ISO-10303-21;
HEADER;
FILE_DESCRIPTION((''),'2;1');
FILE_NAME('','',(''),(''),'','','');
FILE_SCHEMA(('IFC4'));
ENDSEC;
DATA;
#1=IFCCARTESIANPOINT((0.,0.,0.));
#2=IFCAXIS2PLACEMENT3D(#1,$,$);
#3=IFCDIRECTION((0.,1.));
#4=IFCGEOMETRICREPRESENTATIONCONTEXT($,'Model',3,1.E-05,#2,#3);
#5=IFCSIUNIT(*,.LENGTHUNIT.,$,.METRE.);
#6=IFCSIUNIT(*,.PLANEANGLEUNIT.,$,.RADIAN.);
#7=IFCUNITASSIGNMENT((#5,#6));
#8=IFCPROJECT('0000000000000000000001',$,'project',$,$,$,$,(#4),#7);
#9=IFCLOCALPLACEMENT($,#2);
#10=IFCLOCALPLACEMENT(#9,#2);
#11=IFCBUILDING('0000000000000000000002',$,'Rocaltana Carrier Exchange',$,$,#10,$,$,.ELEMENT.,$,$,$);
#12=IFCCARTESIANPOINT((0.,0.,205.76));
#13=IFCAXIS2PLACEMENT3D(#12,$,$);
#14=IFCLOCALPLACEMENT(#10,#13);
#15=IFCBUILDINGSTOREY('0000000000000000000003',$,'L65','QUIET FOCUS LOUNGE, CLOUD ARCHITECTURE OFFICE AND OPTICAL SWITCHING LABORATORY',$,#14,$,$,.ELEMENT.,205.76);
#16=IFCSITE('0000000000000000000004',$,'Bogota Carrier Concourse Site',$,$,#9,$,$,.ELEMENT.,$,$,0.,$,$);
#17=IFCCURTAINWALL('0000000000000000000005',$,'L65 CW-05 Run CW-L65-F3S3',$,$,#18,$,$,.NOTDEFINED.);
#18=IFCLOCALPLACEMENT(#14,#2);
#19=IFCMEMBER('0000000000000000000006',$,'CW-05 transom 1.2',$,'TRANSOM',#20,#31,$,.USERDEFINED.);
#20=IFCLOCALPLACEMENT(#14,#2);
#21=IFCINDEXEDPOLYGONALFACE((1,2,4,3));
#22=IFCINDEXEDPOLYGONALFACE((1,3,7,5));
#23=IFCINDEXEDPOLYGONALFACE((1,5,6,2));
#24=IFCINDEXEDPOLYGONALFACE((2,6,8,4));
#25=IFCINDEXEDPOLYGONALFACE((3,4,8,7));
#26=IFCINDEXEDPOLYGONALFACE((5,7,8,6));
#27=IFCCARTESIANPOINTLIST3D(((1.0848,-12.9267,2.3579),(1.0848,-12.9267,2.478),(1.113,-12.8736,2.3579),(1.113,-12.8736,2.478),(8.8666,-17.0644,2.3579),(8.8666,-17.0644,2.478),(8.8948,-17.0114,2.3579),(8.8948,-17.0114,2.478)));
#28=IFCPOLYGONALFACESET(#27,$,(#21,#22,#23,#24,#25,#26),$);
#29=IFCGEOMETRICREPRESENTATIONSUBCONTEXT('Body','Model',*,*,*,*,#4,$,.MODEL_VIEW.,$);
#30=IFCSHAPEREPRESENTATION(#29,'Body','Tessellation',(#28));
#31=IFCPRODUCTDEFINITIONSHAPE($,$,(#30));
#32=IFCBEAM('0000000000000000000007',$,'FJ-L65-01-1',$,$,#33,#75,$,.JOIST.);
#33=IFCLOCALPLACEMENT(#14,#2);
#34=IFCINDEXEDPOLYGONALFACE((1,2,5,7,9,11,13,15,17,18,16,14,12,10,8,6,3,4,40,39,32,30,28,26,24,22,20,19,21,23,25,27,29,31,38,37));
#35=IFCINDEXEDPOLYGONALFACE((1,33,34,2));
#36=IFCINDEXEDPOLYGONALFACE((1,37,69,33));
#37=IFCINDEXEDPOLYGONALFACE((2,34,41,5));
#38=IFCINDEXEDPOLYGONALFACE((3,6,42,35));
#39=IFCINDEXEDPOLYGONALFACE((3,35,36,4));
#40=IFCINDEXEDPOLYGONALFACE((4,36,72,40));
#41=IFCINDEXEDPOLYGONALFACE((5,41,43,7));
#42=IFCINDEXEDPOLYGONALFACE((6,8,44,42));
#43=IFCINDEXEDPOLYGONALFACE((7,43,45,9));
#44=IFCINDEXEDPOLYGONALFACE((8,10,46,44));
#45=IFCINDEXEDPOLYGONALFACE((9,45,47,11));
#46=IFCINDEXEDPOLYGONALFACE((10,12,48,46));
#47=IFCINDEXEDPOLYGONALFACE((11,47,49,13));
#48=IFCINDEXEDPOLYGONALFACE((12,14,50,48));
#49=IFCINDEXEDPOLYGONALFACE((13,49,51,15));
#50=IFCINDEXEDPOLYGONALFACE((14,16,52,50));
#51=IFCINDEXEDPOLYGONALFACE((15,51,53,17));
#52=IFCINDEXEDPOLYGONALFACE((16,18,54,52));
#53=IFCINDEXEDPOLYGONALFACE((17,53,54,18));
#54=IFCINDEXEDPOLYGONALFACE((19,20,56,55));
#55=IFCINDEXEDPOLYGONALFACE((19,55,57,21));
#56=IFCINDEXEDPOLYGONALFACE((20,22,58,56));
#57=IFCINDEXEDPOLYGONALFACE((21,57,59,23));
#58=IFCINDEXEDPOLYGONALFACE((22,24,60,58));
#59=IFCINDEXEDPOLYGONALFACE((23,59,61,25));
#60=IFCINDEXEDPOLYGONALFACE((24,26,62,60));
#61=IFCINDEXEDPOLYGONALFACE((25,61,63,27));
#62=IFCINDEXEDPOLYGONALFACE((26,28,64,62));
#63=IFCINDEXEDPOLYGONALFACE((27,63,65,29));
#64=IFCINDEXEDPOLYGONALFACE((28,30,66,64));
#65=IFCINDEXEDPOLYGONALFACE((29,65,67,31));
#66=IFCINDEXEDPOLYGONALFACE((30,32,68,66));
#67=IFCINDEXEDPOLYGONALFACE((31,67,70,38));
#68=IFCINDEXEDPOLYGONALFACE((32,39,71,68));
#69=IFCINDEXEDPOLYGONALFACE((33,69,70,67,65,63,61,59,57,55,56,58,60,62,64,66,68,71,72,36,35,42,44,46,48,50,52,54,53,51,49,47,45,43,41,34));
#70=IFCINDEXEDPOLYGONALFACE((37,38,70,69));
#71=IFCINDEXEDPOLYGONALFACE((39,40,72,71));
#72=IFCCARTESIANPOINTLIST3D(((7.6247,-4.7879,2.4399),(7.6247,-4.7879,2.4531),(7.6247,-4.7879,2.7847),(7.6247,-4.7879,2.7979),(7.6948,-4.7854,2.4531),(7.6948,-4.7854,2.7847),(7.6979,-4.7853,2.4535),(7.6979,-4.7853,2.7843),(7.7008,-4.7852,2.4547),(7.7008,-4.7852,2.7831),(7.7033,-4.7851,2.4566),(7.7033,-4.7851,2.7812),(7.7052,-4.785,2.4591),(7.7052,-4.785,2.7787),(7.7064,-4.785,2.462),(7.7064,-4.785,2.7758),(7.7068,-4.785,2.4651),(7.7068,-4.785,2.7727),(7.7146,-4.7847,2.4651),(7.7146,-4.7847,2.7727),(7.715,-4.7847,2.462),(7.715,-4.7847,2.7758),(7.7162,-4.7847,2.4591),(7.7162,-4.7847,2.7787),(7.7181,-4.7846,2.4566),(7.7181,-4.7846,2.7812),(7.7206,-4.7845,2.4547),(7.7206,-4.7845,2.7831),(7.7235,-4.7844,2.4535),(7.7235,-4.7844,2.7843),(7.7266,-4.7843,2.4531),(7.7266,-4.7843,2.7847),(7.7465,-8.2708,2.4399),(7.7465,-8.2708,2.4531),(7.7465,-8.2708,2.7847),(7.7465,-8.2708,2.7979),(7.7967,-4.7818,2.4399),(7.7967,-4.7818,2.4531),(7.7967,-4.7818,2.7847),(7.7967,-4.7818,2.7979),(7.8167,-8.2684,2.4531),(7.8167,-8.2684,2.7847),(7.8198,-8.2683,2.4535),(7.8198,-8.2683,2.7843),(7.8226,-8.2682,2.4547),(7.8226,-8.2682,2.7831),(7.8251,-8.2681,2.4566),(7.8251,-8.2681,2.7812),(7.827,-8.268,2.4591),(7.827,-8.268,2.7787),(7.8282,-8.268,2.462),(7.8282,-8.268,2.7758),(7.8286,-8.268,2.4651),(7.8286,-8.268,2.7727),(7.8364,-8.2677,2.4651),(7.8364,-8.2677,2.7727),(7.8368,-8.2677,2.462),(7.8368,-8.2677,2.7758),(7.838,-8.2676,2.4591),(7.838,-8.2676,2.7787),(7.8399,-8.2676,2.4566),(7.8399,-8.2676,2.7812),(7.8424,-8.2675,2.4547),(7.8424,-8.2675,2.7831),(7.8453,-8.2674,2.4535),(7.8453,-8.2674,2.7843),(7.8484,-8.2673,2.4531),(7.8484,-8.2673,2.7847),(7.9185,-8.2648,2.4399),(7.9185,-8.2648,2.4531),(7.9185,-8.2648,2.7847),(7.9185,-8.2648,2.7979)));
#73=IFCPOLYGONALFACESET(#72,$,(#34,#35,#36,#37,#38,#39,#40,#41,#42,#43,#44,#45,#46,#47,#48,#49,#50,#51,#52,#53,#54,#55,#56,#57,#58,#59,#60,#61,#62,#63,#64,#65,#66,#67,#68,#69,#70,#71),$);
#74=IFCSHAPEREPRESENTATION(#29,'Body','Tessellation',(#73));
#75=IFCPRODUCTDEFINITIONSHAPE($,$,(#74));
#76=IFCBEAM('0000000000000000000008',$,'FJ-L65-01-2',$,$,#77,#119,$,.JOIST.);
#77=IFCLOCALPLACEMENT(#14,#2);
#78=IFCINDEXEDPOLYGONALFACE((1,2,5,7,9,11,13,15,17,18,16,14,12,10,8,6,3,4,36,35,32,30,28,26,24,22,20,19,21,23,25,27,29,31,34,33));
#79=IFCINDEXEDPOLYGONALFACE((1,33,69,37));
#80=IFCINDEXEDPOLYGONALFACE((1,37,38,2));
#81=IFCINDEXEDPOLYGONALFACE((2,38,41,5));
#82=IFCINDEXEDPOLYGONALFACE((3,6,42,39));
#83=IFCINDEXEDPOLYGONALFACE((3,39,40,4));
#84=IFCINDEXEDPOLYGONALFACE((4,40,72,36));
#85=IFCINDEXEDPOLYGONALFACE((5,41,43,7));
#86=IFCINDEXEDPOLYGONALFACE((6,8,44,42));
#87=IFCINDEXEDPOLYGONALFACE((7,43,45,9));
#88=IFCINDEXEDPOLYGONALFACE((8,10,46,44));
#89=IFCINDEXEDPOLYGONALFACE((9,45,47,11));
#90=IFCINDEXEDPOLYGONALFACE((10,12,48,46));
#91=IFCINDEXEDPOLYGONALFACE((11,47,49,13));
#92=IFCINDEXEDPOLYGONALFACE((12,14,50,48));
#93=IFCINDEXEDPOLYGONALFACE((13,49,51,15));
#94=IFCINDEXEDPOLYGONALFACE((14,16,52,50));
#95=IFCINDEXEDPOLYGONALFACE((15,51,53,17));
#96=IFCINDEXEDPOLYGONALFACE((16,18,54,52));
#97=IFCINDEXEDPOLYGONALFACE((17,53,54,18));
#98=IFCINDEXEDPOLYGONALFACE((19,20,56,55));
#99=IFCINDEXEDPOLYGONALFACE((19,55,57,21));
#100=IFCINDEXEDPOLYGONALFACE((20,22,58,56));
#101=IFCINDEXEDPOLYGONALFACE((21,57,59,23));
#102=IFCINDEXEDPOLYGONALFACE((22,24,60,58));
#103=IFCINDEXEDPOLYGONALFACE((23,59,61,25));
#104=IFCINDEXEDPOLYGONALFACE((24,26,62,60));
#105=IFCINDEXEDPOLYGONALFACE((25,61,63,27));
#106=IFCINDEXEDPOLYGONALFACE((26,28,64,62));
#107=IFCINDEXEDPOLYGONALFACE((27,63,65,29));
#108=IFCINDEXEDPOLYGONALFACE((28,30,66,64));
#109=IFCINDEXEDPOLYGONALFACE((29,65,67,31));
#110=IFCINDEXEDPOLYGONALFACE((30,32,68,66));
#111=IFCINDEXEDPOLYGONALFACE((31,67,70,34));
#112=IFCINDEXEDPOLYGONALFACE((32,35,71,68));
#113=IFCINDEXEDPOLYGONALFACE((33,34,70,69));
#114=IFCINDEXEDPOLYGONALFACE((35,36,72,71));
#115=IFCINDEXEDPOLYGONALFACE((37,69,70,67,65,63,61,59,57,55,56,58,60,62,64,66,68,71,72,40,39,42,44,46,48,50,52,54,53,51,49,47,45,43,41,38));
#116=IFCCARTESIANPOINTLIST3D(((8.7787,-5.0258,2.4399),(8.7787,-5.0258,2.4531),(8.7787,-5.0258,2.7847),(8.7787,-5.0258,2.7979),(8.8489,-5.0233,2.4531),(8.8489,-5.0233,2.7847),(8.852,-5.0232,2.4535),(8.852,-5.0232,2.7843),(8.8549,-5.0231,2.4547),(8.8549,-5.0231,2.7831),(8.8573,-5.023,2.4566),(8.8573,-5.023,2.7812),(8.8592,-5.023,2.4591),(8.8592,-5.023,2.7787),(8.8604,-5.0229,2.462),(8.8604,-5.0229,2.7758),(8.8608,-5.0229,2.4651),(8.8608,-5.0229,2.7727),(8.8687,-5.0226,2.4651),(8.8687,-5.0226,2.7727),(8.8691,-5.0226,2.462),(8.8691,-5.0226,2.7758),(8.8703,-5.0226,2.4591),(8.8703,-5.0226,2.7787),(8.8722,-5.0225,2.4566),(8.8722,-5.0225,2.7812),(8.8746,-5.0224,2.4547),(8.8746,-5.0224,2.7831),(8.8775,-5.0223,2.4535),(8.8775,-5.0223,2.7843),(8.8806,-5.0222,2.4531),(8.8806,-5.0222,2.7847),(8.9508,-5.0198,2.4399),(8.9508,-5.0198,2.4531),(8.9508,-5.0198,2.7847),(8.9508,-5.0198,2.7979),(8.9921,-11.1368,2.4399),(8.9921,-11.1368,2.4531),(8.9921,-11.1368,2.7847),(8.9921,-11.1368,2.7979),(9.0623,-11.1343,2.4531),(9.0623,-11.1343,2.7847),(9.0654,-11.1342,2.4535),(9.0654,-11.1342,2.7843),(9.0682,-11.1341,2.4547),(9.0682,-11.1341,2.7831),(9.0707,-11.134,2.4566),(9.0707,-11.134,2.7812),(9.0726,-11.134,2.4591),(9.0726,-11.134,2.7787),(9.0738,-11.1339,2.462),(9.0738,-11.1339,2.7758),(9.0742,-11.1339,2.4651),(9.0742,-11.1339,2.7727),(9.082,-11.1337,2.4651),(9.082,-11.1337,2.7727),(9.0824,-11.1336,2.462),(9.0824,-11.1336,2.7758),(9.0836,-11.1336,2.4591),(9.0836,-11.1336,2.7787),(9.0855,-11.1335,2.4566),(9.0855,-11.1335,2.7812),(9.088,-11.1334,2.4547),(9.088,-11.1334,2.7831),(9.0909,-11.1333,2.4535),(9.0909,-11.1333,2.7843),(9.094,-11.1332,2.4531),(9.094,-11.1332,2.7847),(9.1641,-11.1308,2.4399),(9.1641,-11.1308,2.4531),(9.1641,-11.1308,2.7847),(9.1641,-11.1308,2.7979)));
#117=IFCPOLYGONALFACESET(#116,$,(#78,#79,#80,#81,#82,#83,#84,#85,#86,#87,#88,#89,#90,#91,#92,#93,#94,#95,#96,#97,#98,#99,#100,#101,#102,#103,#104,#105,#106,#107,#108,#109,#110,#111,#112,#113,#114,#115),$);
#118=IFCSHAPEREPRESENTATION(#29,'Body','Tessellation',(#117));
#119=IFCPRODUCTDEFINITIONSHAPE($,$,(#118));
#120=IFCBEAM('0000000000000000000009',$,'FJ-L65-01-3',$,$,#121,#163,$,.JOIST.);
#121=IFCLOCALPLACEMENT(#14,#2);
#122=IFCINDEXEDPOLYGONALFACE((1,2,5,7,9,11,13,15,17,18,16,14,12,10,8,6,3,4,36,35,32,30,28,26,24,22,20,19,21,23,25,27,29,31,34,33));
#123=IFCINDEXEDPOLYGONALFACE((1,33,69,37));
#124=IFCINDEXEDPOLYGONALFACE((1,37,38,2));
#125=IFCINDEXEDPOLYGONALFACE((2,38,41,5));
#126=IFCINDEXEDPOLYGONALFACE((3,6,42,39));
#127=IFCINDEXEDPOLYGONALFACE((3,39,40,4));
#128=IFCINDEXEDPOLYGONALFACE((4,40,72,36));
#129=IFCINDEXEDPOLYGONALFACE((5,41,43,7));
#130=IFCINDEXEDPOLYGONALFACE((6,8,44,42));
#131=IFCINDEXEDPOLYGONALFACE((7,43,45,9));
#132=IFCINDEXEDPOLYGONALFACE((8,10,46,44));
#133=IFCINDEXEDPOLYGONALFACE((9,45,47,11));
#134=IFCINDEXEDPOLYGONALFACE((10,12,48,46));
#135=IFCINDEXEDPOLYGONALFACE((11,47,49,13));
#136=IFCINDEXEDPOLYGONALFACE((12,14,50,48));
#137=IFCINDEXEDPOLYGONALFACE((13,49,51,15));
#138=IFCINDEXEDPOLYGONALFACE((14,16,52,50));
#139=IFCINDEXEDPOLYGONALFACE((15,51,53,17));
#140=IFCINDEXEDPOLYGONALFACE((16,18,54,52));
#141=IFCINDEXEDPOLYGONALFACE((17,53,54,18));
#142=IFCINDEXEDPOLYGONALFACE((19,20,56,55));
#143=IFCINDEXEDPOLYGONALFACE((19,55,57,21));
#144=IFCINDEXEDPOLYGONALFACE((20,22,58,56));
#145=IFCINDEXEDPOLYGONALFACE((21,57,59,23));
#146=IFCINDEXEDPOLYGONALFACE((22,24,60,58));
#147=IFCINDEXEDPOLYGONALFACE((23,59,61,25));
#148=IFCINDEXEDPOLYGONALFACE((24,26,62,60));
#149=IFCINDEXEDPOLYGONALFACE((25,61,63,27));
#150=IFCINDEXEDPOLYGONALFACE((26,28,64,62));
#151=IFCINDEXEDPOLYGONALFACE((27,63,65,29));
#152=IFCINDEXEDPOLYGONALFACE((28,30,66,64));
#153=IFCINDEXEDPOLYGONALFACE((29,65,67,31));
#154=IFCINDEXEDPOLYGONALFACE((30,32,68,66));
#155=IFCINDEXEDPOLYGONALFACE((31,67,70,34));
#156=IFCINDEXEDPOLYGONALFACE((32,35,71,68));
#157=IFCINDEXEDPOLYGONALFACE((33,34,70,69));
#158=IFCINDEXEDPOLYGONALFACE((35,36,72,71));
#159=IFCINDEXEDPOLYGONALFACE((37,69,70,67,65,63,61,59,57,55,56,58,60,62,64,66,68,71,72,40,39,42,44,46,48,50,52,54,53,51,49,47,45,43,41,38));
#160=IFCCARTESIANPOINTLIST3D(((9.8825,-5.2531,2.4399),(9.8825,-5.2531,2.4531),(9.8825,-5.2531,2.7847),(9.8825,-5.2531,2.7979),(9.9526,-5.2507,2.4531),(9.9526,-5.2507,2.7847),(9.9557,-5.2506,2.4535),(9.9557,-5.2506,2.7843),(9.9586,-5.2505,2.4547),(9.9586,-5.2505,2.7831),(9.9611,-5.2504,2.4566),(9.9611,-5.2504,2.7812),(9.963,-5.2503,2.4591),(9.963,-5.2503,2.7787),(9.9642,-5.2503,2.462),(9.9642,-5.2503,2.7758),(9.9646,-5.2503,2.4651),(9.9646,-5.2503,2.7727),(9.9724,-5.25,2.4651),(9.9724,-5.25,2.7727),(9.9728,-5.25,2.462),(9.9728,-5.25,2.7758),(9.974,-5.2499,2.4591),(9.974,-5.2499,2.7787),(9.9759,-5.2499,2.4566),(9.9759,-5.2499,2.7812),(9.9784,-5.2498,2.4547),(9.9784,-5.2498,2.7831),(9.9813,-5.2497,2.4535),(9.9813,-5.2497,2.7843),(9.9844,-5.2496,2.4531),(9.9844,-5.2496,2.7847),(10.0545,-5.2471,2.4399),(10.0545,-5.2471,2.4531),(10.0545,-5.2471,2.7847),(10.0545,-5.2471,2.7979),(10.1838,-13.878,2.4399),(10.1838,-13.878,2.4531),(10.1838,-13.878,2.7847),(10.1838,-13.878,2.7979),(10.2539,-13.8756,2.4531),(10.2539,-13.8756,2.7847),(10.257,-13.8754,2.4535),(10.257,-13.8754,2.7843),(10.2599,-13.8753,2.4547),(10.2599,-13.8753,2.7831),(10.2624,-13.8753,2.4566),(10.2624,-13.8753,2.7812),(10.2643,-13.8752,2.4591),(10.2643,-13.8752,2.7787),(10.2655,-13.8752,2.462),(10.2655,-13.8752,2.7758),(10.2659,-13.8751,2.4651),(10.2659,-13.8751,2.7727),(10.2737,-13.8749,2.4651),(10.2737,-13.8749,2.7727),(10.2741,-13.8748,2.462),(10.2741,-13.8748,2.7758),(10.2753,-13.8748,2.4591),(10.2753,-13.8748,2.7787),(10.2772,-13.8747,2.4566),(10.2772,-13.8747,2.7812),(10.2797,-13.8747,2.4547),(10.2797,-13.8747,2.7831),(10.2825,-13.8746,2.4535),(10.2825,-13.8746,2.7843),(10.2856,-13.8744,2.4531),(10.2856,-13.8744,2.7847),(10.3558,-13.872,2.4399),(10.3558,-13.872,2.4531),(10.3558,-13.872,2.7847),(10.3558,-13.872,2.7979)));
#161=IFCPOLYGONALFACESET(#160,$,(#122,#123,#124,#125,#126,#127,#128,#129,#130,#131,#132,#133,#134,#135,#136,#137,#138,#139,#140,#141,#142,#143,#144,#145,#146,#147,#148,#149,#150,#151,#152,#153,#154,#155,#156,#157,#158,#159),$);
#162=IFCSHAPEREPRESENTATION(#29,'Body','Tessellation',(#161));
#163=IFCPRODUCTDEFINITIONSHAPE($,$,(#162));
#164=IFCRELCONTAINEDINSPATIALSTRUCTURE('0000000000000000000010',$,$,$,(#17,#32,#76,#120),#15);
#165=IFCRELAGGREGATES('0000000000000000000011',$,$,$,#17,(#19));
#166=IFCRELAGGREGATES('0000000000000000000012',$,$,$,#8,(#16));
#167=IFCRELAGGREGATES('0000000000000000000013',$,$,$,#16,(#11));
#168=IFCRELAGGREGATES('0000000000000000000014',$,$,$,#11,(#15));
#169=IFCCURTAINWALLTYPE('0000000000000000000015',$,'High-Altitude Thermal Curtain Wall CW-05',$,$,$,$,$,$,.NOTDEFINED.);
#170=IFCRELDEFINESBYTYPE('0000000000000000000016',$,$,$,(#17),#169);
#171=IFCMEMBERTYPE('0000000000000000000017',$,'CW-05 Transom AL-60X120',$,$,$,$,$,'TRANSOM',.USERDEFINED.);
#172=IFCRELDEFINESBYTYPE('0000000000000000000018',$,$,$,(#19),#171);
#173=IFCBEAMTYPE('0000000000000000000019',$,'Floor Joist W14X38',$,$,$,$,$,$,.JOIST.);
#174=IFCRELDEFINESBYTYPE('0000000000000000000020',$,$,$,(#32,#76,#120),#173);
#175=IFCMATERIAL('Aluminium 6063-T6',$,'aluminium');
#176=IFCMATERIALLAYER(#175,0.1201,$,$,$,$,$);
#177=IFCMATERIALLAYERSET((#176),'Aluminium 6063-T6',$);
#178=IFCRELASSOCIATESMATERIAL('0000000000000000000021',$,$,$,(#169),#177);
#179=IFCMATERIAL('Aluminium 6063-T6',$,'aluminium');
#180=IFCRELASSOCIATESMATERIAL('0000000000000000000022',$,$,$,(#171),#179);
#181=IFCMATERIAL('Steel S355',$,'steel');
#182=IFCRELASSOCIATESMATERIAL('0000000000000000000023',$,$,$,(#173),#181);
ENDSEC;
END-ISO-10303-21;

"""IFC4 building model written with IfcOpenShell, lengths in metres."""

from ifc_helpers import new_model, si_unit, direction, frame, origin, origin_2d, place, context, subcontext, project, spatial, rectangle, i_section, extrude, material, layer, layer_set, material_profile, profile_set, type_object, element, aggregate, save


model = new_model("IFC4")

# Units and contexts
model_context = context("Model", 3, precision=1e-05, world=origin(), true_north=direction((0.0, 1.0)))
body_context = subcontext(model_context, "Body", "Model", "MODEL_VIEW")
ifc_project = project(units=[si_unit("LENGTHUNIT", "METRE"), si_unit("PLANEANGLEUNIT", "RADIAN")], contexts=[model_context])

# Site, building, storey
site_placement = place(None, origin())
site = spatial("IfcSite", under=ifc_project, at=site_placement, Name="Bogota Carrier Concourse Site", CompositionType="ELEMENT", RefElevation=0.0)
building_placement = place(site_placement, origin())
building = spatial("IfcBuilding", under=site, at=building_placement, Name="Rocaltana Carrier Exchange", CompositionType="ELEMENT")
storey_placement = place(building_placement, frame((0.0, 0.0, 205.76)))
storey = spatial("IfcBuildingStorey", under=building, at=storey_placement, Name="L65", Description="QUIET FOCUS LOUNGE, CLOUD ARCHITECTURE OFFICE AND OPTICAL SWITCHING LABORATORY", CompositionType="ELEMENT", Elevation=205.76)

# Curtain wall
ifc_material_1 = material(Name="Aluminium 6063-T6", Category="aluminium")
ifc_layer_1 = layer(ifc_material_1, 0.1201)
ifc_layer_set_1 = layer_set([ifc_layer_1], Name="Aluminium 6063-T6")
curtain_wall_type = type_object("IfcCurtainWallType", Name="High-Altitude Thermal Curtain Wall CW-05", PredefinedType="NOTDEFINED", material=ifc_layer_set_1)
curtain_wall_1_placement = place(storey_placement, origin())
curtain_wall_1 = element("IfcCurtainWall", 1, at=curtain_wall_1_placement, inside=storey, type_object=curtain_wall_type, Name="L65 CW-05 Run CW-L65-F3S3", PredefinedType="NOTDEFINED")

# Member
ifc_material_2 = material(Name="Aluminium 6063-T6", Category="aluminium")
ifc_material_profile_1 = material_profile(ifc_material_2, rectangle(XDim=0.0601, YDim=0.1201, at=origin_2d()), Name="AL-60X120")
ifc_profile_set_1 = profile_set([ifc_material_profile_1], Name="Aluminium 6063-T6")
member_type_1 = type_object("IfcMemberType", Name="CW-05 Transom AL-60X120", ElementType="TRANSOM", PredefinedType="USERDEFINED", material=ifc_profile_set_1)
member_1_placement = place(storey_placement, frame((1.0989, -12.9001, 2.418), z_axis=(0.882944, -0.469478, 0.0), x_axis=(0.469478, 0.882944, 0.0)))
member_1 = element("IfcMember", 2, at=member_1_placement, type_object=member_type_1, Name="CW-05 transom 1.2", ObjectType="TRANSOM", PredefinedType="USERDEFINED", context=body_context, shape_type="SweptSolid", body=[
    extrude(rectangle(XDim=0.0601, YDim=0.1201, at=origin_2d()), origin(), (0.0, 0.0, 1.0), 8.8135),
])

# Beams
ifc_material_3 = material(Name="Steel S355", Category="steel")
ifc_material_profile_2 = material_profile(ifc_material_3, i_section(OverallWidth=0.1721, OverallDepth=0.3579, WebThickness=0.0078, FlangeThickness=0.0132, FilletRadius=0.012, at=origin_2d()), Name="W14X38")
ifc_profile_set_2 = profile_set([ifc_material_profile_2], Name="Steel S355")
beam_type_1 = type_object("IfcBeamType", Name="Floor Joist W14X38", PredefinedType="JOIST", material=ifc_profile_set_2)
beam_1_placement = place(storey_placement, frame((7.8325, -8.2678, 2.6189), z_axis=(-0.034957, 0.999389, 0.0), x_axis=(-0.999389, -0.034957, 0.0)))
element("IfcBeam", 3, at=beam_1_placement, inside=storey, type_object=beam_type_1, Name="FJ-L65-01-1", PredefinedType="JOIST", context=body_context, shape_type="SweptSolid", body=[
    extrude(i_section(OverallWidth=0.1721, OverallDepth=0.3579, WebThickness=0.0078, FlangeThickness=0.0132, FilletRadius=0.012, at=origin_2d()), origin(), (0.0, 0.0, 1.0), 3.4851),
])
beam_2_placement = place(storey_placement, frame((9.0781, -11.1338, 2.6189), z_axis=(-0.034895, 0.999391, 0.0), x_axis=(-0.999391, -0.034895, 0.0)))
element("IfcBeam", 4, at=beam_2_placement, inside=storey, type_object=beam_type_1, Name="FJ-L65-01-2", PredefinedType="JOIST", context=body_context, shape_type="SweptSolid", body=[
    extrude(i_section(OverallWidth=0.1721, OverallDepth=0.3579, WebThickness=0.0078, FlangeThickness=0.0132, FilletRadius=0.012, at=origin_2d()), origin(), (0.0, 0.0, 1.0), 6.1147),
])
beam_3_placement = place(storey_placement, frame((10.2698, -13.875, 2.6189), z_axis=(-0.034909, 0.99939, 0.0), x_axis=(-0.99939, -0.034909, 0.0)))
element("IfcBeam", 5, at=beam_3_placement, inside=storey, type_object=beam_type_1, Name="FJ-L65-01-3", PredefinedType="JOIST", context=body_context, shape_type="SweptSolid", body=[
    extrude(i_section(OverallWidth=0.1721, OverallDepth=0.3579, WebThickness=0.0078, FlangeThickness=0.0132, FilletRadius=0.012, at=origin_2d()), origin(), (0.0, 0.0, 1.0), 8.6301),
])

aggregate(curtain_wall_1, [member_1])

save(model, "model.ifc")
